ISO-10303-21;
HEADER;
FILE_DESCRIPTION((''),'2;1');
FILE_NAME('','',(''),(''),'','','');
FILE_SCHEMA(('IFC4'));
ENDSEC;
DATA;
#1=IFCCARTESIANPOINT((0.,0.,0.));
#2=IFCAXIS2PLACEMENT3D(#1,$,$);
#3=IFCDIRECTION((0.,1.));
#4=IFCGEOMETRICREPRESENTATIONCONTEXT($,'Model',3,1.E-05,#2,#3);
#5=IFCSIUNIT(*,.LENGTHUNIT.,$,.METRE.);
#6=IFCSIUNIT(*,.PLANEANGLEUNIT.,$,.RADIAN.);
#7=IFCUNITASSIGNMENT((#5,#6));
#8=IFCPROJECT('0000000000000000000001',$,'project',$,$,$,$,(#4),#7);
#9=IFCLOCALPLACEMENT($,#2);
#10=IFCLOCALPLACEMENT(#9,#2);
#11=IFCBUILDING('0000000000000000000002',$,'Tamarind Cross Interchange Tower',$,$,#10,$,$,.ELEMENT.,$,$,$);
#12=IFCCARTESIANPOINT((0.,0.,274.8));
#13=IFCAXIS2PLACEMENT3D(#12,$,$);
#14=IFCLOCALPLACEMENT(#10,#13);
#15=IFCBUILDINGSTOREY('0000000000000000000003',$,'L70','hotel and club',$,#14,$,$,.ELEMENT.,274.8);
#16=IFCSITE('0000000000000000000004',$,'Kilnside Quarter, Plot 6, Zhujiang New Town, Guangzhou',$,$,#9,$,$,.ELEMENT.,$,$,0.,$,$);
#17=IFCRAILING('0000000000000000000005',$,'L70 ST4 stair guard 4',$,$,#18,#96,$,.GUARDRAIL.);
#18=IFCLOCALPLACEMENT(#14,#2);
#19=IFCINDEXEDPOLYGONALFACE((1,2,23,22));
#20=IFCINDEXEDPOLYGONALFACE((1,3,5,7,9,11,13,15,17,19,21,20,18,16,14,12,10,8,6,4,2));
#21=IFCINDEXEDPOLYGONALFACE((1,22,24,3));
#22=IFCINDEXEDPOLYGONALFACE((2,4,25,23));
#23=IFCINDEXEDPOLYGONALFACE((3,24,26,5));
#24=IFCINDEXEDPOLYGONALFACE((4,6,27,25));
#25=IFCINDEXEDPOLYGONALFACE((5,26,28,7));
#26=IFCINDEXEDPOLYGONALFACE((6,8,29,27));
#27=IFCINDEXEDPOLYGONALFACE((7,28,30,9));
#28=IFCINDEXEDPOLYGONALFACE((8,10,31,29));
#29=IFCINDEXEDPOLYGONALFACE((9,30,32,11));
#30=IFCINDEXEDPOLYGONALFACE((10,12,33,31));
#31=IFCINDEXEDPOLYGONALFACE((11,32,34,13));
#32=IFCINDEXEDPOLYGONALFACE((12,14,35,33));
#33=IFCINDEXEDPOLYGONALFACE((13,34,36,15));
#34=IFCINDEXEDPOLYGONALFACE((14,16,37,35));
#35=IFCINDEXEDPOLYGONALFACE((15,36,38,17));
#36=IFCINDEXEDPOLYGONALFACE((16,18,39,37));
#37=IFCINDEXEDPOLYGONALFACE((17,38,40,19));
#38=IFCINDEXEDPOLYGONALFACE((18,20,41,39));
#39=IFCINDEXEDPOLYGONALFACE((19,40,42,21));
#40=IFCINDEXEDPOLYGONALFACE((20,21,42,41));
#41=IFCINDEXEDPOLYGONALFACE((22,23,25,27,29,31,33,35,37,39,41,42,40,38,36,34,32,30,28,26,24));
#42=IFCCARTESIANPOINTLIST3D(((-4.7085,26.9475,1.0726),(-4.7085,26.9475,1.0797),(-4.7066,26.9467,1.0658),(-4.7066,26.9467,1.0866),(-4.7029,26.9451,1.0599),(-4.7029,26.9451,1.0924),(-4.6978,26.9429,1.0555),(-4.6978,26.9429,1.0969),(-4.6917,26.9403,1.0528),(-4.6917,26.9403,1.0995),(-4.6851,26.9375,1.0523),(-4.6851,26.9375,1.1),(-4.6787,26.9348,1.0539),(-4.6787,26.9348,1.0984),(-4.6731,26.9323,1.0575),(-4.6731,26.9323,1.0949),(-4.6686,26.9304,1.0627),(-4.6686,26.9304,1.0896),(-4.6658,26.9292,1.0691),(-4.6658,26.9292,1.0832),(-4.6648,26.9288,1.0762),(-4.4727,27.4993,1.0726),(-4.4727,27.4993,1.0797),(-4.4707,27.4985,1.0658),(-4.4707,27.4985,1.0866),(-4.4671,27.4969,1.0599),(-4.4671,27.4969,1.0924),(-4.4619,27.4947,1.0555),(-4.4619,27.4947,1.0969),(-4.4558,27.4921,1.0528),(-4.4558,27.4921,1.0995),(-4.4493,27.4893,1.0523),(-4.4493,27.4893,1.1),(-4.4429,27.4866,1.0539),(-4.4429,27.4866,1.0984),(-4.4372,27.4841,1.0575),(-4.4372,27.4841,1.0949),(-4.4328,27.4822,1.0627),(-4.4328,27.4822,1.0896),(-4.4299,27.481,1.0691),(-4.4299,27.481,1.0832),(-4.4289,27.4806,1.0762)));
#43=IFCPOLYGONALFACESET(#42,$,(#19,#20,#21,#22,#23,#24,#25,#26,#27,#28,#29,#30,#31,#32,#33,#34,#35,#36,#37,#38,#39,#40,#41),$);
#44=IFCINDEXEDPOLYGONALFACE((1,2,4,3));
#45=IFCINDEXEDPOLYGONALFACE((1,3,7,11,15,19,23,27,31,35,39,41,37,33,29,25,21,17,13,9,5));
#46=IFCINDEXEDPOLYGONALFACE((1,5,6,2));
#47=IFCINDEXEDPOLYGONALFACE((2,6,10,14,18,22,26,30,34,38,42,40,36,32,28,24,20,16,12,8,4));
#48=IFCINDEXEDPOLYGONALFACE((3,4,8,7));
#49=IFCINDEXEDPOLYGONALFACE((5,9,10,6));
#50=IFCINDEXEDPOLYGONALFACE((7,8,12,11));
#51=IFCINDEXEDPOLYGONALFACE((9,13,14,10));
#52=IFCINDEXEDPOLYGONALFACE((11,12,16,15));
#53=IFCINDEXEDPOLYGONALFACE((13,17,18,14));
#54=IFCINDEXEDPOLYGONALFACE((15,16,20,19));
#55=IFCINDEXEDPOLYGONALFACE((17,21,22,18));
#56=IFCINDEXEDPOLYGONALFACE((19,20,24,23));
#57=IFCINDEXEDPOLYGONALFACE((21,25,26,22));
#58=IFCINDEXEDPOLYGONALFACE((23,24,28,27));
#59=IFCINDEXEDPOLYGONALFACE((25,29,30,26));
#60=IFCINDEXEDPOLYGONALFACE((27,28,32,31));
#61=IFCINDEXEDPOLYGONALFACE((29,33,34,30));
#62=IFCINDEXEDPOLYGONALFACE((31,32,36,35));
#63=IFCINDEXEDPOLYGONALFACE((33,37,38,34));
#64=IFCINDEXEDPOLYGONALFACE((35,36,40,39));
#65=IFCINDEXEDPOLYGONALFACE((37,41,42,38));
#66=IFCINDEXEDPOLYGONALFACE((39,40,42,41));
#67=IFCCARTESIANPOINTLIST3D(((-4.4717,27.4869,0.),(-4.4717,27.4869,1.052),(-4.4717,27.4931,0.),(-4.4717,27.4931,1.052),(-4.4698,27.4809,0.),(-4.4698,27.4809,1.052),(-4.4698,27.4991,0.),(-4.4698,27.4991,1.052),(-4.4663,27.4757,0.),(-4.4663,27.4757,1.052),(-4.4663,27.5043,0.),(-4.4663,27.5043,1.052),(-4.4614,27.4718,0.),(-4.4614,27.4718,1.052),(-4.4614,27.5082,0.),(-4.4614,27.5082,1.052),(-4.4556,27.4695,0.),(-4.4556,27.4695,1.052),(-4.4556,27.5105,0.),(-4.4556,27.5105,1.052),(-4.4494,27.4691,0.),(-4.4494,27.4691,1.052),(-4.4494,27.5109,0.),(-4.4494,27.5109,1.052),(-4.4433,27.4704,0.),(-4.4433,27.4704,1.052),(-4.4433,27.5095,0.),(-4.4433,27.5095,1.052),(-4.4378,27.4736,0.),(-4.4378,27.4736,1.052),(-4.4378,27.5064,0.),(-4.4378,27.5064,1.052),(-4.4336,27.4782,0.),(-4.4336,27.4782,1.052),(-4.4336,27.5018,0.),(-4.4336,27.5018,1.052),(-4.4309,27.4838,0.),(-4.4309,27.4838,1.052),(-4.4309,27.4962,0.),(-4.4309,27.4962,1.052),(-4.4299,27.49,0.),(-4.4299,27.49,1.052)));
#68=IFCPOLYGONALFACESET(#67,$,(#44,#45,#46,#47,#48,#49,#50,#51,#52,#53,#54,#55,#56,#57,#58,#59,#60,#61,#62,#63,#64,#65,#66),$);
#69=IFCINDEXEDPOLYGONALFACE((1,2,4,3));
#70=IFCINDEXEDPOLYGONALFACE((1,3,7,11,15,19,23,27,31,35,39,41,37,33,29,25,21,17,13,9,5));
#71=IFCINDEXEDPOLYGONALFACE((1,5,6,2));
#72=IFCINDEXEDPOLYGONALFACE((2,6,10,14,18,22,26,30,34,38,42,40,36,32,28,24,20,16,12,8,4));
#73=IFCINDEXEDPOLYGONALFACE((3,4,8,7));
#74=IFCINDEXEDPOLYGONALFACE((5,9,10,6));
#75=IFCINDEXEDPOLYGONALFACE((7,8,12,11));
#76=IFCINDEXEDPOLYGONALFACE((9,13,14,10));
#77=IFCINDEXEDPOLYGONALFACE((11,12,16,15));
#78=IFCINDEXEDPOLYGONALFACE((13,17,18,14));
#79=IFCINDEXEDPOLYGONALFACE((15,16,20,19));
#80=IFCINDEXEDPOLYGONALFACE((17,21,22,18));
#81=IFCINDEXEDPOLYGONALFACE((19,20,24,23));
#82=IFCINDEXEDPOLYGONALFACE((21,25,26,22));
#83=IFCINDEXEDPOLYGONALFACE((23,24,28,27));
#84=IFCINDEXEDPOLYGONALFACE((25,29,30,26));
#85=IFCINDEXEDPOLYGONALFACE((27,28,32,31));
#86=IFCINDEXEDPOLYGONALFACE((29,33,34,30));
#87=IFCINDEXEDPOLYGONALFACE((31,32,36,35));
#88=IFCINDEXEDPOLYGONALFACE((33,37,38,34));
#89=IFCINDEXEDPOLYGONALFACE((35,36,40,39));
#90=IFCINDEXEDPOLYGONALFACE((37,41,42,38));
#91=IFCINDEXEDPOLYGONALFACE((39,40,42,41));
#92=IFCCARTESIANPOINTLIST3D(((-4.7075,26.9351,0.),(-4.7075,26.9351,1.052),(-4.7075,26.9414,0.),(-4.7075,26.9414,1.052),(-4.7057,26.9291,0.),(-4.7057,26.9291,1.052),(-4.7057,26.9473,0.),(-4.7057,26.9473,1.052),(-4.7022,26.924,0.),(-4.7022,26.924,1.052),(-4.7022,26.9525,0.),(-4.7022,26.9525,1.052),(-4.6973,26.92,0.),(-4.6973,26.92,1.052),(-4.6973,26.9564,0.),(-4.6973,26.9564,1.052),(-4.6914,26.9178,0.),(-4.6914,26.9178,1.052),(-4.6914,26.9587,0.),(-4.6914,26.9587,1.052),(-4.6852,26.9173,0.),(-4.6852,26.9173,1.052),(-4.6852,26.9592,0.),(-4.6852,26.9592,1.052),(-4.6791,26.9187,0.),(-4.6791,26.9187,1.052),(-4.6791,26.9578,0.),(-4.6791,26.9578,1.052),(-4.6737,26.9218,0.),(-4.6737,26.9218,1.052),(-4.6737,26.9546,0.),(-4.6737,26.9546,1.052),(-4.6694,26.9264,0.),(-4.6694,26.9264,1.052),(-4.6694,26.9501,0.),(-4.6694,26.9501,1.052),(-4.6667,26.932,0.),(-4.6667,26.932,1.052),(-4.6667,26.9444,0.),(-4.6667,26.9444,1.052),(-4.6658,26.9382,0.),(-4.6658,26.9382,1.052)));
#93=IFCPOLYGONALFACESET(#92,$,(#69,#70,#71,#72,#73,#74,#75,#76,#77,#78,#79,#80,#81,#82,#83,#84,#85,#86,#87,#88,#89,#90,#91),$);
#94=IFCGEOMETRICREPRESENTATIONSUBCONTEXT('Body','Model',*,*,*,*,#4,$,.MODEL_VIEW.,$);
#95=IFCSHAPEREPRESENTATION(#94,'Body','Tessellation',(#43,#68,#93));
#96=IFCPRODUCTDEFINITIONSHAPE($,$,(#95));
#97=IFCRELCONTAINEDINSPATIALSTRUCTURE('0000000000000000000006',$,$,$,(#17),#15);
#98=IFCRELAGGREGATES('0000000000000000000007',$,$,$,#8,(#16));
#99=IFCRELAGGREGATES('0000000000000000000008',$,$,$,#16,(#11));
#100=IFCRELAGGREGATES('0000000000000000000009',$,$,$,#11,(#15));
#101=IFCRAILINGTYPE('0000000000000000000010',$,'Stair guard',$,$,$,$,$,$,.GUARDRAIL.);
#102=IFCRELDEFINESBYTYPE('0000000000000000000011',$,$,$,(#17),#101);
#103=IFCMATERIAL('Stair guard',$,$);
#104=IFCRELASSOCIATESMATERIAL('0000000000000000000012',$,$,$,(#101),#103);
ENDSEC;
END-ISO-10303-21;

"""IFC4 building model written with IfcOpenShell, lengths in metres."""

from ifc_helpers import new_model, si_unit, direction, frame, origin, origin_2d, place, context, subcontext, project, spatial, circle, extrude, material, type_object, element, save


model = new_model("IFC4")

# Units and contexts
model_context = context("Model", 3, precision=1e-05, world=origin(), true_north=direction((0.0, 1.0)))
body_context = subcontext(model_context, "Body", "Model", "MODEL_VIEW")
ifc_project = project(units=[si_unit("LENGTHUNIT", "METRE"), si_unit("PLANEANGLEUNIT", "RADIAN")], contexts=[model_context])

# Site, building, storey
site_placement = place(None, origin())
site = spatial("IfcSite", under=ifc_project, at=site_placement, Name="Kilnside Quarter, Plot 6, Zhujiang New Town, Guangzhou", CompositionType="ELEMENT", RefElevation=0.0)
building_placement = place(site_placement, origin())
building = spatial("IfcBuilding", under=site, at=building_placement, Name="Tamarind Cross Interchange Tower", CompositionType="ELEMENT")
storey_placement = place(building_placement, frame((0.0, 0.0, 274.8)))
storey = spatial("IfcBuildingStorey", under=building, at=storey_placement, Name="L70", Description="hotel and club", CompositionType="ELEMENT", Elevation=274.8)

# Railing
ifc_material_1 = material(Name="Stair guard")
railing_type_1 = type_object("IfcRailingType", Name="Stair guard", PredefinedType="GUARDRAIL", material=ifc_material_1)
railing_1_placement = place(storey_placement, frame((-4.4509, 27.49, 0.0)))
element("IfcRailing", 1, at=railing_1_placement, inside=storey, type_object=railing_type_1, Name="L70 ST4 stair guard 4", PredefinedType="GUARDRAIL", context=body_context, shape_type="SweptSolid", body=[
    extrude(circle(Radius=0.0239, at=origin_2d()), frame((0.0, 0.0, 1.0762), z_axis=(-0.393035, -0.919523, 0.0), x_axis=(0.919523, -0.393035, 0.0)), (0.0, 0.0, 1.0), 0.6001),
    extrude(circle(Radius=0.021, at=origin_2d()), origin(), (0.0, 0.0, 1.0), 1.052),
    extrude(circle(Radius=0.021, at=origin_2d()), frame((-0.2358, -0.5518, 0.0)), (0.0, 0.0, 1.0), 1.052),
])

save(model, "model.ifc")
